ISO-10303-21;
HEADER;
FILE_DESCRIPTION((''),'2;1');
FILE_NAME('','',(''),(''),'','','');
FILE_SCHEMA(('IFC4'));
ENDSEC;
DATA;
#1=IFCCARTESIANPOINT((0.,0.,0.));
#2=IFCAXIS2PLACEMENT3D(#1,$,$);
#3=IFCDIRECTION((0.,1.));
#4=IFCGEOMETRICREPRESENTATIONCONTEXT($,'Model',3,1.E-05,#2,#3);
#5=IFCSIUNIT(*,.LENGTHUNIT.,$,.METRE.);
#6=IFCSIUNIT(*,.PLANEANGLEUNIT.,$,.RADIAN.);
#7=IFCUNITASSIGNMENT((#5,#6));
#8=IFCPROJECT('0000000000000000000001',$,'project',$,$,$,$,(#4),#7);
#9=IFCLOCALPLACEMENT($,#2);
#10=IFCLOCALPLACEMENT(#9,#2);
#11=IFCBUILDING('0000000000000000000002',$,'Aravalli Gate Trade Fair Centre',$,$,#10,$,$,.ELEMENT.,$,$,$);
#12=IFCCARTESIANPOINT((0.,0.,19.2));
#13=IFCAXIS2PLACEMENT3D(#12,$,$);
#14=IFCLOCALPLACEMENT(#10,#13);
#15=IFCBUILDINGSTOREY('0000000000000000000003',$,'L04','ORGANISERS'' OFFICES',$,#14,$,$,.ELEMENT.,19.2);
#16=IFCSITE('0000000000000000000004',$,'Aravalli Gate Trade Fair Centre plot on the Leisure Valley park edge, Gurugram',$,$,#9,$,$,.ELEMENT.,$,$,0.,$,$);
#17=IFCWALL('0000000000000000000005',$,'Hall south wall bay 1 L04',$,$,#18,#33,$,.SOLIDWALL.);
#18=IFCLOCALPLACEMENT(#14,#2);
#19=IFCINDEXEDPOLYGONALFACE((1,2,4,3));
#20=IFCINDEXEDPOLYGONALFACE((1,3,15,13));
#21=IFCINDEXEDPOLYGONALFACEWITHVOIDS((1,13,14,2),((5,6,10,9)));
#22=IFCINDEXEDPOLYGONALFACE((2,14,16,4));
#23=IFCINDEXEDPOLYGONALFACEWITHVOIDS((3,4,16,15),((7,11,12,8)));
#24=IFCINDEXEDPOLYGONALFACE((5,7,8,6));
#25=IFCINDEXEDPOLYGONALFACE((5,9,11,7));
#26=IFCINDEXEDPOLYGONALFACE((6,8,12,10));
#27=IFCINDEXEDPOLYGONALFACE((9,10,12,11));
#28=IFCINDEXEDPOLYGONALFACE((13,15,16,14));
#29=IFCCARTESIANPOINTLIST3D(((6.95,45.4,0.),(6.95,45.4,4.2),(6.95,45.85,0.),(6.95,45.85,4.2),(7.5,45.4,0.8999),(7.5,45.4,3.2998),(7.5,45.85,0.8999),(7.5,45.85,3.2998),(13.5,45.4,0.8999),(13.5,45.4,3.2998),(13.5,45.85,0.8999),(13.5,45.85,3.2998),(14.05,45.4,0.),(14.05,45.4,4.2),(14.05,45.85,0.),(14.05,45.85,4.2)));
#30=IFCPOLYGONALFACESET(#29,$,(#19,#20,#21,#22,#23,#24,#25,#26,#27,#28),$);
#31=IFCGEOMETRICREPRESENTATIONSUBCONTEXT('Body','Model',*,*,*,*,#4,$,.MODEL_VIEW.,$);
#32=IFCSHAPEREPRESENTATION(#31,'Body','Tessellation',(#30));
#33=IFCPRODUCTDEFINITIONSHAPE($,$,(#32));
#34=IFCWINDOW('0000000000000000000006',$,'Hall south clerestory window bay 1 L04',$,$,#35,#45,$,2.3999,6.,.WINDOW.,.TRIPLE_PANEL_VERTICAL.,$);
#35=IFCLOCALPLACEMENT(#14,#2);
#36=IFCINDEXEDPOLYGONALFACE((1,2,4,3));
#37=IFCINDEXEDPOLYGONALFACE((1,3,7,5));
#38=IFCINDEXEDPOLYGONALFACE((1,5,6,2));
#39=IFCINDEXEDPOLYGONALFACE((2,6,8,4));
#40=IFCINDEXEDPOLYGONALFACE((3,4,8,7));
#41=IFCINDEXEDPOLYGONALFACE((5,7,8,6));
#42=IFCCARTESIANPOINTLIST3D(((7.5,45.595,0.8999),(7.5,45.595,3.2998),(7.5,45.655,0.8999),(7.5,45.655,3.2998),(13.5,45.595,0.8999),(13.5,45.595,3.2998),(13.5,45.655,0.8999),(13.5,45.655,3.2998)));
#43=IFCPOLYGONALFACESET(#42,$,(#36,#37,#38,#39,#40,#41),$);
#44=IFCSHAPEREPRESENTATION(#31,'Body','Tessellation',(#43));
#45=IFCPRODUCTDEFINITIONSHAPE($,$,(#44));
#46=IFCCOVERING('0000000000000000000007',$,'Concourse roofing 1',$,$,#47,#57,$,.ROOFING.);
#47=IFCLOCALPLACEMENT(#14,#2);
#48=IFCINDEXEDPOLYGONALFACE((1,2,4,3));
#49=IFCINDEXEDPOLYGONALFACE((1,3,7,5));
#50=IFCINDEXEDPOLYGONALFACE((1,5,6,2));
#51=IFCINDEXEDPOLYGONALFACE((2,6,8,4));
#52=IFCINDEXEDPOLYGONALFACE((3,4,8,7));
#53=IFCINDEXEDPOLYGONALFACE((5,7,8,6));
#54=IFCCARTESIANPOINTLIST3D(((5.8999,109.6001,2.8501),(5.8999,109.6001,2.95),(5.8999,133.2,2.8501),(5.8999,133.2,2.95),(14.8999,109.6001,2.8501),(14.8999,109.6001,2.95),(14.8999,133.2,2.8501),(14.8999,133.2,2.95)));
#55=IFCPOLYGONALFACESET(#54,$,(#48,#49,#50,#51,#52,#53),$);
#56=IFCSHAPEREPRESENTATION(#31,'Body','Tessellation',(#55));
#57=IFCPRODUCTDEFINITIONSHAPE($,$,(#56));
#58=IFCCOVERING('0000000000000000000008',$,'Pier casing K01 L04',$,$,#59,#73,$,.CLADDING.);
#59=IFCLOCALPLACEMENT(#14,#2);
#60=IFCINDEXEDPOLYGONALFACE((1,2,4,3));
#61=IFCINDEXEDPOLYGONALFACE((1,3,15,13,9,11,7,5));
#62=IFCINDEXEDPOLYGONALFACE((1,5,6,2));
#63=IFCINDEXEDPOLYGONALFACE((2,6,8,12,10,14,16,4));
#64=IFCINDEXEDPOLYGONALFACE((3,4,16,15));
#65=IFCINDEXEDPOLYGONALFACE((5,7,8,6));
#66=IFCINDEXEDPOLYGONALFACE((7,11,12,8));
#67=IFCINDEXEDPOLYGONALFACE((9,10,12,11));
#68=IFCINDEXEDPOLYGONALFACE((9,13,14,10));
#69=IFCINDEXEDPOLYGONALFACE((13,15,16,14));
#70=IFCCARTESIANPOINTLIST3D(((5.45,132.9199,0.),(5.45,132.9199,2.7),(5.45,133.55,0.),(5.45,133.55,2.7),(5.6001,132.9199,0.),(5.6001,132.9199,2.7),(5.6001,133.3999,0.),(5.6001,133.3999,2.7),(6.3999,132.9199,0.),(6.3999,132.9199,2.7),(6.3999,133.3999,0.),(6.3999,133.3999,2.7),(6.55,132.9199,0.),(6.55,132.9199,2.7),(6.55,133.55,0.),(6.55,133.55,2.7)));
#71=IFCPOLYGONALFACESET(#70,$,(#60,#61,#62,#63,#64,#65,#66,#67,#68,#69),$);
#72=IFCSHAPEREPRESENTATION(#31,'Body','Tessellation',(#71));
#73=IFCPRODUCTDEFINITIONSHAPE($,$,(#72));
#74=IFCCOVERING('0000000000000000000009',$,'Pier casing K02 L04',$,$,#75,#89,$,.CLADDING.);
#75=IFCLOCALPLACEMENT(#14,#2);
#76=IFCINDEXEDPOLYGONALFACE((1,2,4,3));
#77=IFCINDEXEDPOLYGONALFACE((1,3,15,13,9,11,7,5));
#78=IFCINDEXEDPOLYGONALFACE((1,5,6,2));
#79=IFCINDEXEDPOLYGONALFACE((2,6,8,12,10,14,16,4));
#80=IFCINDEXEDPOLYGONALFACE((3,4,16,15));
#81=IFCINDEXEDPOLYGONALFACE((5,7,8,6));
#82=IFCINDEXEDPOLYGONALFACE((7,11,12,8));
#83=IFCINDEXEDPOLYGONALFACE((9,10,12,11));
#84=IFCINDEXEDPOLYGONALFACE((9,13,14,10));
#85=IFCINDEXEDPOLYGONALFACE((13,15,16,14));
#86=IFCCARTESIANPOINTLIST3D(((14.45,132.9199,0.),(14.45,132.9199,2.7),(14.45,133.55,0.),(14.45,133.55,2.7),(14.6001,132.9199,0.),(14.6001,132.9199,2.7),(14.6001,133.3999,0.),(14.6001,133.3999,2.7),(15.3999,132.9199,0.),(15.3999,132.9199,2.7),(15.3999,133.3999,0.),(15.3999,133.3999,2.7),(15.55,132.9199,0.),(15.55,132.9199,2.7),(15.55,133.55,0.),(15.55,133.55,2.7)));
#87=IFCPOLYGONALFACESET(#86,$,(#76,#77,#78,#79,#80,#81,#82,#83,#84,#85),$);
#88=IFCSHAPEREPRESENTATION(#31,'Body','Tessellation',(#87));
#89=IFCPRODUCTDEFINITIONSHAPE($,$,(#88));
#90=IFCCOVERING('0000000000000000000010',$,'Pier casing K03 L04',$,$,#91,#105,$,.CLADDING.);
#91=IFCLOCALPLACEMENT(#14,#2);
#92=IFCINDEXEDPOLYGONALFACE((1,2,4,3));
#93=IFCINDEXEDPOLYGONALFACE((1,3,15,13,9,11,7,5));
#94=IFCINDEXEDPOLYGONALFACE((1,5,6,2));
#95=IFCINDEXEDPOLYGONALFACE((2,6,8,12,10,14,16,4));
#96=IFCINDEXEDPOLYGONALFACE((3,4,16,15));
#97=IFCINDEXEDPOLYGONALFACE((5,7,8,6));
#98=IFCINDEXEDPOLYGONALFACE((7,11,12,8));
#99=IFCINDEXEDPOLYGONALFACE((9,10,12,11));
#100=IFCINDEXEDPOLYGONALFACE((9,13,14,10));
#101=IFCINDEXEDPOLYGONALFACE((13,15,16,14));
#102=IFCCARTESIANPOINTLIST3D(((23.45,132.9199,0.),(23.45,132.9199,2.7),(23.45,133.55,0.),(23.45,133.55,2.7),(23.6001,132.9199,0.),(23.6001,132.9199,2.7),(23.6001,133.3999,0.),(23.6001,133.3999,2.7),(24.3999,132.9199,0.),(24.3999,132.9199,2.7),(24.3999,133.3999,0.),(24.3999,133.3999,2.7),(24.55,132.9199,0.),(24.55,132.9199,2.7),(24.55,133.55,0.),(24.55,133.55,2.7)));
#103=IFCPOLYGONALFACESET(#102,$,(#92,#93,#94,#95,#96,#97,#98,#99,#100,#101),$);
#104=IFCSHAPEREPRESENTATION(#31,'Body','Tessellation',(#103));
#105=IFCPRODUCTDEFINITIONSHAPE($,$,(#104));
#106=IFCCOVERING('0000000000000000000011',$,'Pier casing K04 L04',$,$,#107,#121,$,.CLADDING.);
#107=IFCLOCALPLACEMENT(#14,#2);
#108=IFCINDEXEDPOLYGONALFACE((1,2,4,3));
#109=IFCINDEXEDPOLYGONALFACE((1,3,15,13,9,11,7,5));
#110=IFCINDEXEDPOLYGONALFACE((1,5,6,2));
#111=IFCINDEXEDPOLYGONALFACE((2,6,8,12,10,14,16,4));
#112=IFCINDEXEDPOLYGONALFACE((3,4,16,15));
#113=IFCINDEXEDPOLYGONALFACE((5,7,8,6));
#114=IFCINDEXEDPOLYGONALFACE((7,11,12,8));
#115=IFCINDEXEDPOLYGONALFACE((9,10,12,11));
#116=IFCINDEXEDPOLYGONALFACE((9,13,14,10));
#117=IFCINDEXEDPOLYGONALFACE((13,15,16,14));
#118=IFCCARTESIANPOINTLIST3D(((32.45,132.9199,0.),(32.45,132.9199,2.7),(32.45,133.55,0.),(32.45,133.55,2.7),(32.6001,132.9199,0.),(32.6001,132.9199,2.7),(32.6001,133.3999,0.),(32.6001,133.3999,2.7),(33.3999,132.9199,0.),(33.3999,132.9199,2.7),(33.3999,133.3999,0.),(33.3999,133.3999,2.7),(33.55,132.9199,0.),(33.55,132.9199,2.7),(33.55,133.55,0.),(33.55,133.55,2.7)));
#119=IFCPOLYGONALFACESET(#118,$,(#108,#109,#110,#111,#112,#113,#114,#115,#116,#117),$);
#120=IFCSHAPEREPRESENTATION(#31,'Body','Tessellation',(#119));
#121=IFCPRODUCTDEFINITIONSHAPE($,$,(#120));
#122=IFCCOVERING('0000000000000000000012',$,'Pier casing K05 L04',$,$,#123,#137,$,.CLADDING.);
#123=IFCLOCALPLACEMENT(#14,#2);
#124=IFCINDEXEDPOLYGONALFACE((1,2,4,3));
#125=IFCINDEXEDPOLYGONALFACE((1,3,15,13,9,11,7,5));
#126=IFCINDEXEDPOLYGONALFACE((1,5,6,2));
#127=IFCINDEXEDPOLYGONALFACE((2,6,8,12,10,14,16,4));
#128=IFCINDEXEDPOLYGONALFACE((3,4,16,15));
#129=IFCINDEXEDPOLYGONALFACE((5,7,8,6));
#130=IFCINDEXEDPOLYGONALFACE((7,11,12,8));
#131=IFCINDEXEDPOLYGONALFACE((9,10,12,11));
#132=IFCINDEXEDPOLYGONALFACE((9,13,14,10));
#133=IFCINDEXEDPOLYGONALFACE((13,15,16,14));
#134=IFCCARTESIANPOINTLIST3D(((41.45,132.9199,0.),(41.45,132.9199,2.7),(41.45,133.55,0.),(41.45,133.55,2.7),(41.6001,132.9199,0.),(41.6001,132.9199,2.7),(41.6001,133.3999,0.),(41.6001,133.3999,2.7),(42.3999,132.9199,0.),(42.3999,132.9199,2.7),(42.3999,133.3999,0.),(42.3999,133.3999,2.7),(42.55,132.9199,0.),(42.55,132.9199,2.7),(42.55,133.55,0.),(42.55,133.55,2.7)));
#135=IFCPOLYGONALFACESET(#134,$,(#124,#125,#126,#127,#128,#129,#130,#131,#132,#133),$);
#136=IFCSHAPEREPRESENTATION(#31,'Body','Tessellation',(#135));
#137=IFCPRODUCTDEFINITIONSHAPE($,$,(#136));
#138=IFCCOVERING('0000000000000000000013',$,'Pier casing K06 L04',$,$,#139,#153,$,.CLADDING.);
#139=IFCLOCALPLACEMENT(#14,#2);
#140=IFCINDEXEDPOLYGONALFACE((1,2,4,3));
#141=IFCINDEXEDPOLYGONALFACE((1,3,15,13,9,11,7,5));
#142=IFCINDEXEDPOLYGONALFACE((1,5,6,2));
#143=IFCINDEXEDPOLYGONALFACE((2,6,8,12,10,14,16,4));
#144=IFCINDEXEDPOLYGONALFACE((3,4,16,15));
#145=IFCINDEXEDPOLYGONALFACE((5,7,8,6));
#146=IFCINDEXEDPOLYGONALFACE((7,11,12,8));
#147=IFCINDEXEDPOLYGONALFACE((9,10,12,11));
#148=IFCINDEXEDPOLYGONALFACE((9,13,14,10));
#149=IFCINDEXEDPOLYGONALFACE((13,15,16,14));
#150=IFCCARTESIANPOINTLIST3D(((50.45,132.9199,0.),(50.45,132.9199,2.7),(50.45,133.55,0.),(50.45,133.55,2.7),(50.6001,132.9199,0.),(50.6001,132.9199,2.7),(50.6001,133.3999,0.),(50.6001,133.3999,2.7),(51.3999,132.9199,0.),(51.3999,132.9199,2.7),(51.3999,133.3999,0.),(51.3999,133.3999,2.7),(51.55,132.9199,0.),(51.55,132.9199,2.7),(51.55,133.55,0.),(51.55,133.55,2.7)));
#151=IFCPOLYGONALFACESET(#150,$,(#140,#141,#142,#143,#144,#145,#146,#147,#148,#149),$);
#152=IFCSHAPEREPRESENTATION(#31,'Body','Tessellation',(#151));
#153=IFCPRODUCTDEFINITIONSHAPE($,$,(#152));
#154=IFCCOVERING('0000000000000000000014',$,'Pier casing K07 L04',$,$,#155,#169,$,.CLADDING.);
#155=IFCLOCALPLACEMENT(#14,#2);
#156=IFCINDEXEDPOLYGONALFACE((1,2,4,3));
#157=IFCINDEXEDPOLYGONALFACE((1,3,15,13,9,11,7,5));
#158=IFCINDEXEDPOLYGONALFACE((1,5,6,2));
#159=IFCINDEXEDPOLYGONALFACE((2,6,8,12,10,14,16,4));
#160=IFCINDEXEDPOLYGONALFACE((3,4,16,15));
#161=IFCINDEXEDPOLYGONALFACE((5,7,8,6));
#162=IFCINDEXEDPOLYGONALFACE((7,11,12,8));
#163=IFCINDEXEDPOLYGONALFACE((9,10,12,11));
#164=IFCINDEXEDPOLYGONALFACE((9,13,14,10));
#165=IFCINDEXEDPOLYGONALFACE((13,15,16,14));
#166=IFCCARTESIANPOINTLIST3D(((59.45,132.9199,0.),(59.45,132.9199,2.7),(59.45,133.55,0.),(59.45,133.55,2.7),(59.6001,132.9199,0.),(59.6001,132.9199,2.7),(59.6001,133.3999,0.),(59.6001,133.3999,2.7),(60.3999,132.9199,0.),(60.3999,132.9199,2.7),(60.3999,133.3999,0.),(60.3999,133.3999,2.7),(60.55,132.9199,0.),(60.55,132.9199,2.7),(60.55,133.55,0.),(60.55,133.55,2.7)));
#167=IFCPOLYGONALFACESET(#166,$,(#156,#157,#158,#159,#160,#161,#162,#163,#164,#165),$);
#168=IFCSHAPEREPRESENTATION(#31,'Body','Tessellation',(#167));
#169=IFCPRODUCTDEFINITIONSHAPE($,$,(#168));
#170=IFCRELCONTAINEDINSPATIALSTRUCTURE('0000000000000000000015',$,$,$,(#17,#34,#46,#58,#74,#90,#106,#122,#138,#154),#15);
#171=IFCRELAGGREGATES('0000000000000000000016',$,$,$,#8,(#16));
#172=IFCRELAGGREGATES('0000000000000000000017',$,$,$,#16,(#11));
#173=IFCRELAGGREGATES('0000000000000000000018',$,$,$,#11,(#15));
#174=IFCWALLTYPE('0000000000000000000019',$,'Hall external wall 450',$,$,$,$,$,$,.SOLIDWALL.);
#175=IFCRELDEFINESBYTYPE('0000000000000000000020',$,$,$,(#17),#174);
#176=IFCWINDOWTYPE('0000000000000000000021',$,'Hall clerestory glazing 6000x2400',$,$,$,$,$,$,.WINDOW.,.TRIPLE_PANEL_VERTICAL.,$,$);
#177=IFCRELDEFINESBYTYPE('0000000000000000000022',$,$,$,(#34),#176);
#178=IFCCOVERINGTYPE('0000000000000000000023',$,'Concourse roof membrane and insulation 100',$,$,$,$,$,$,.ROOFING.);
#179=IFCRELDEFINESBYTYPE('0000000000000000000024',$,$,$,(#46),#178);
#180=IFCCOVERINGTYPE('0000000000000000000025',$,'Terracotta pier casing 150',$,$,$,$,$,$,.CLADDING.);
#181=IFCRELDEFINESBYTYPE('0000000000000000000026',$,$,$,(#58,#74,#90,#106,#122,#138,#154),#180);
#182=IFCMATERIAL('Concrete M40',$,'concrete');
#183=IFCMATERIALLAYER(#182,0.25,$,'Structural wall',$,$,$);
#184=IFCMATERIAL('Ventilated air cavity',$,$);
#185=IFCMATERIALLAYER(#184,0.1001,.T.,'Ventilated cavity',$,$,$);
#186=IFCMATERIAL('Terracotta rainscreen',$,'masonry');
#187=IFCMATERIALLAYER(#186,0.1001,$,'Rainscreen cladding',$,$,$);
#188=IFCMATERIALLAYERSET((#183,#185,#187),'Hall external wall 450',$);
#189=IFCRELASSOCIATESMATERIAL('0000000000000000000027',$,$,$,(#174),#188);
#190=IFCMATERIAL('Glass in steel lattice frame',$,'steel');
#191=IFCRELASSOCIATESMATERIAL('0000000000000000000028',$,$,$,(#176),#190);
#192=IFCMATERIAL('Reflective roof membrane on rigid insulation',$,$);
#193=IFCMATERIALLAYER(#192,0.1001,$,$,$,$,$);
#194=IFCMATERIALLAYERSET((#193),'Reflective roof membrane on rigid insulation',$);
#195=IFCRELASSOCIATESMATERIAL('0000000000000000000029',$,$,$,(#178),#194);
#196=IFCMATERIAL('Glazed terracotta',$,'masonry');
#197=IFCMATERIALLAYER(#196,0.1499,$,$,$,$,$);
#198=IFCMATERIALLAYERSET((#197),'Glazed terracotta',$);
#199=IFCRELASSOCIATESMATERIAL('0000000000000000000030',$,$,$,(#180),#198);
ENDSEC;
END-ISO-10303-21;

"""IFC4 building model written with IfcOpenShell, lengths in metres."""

from ifc_helpers import new_model, si_unit, direction, frame, frame_2d, origin, place, context, subcontext, project, spatial, polyline, rectangle, outline, extrude, material, layer, layer_set, type_object, element, fill, save


model = new_model("IFC4")

# Units and contexts
model_context = context("Model", 3, precision=1e-05, world=origin(), true_north=direction((0.0, 1.0)))
body_context = subcontext(model_context, "Body", "Model", "MODEL_VIEW")
ifc_project = project(units=[si_unit("LENGTHUNIT", "METRE"), si_unit("PLANEANGLEUNIT", "RADIAN")], contexts=[model_context])

# Site, building, storey
site_placement = place(None, origin())
site = spatial("IfcSite", under=ifc_project, at=site_placement, Name="Aravalli Gate Trade Fair Centre plot on the Leisure Valley park edge, Gurugram", CompositionType="ELEMENT", RefElevation=0.0)
building_placement = place(site_placement, origin())
building = spatial("IfcBuilding", under=site, at=building_placement, Name="Aravalli Gate Trade Fair Centre", CompositionType="ELEMENT")
storey_placement = place(building_placement, frame((0.0, 0.0, 19.2)))
storey = spatial("IfcBuildingStorey", under=building, at=storey_placement, Name="L04", Description="ORGANISERS' OFFICES", CompositionType="ELEMENT", Elevation=19.2)

# Wall, opening, window
ifc_material_1 = material(Name="Concrete M40", Category="concrete")
ifc_layer_1 = layer(ifc_material_1, 0.25, Name="Structural wall")
ifc_material_2 = material(Name="Ventilated air cavity")
ifc_layer_2 = layer(ifc_material_2, 0.1001, ventilated=True, Name="Ventilated cavity")
ifc_material_3 = material(Name="Terracotta rainscreen", Category="masonry")
ifc_layer_3 = layer(ifc_material_3, 0.1001, Name="Rainscreen cladding")
ifc_layer_set_1 = layer_set([ifc_layer_1, ifc_layer_2, ifc_layer_3], Name="Hall external wall 450")
wall_type = type_object("IfcWallType", Name="Hall external wall 450", PredefinedType="SOLIDWALL", material=ifc_layer_set_1)
wall_placement = place(storey_placement, frame((6.95, 45.625, 0.0), z_axis=(0.0, 0.0, 1.0), x_axis=(1.0, 0.0, 0.0)))
wall = element("IfcWall", 1, at=wall_placement, inside=storey, type_object=wall_type, Name="Hall south wall bay 1 L04", PredefinedType="SOLIDWALL", context=body_context, shape_type="SweptSolid", body=[
    extrude(rectangle(XDim=7.1001, YDim=0.45, at=frame_2d((3.55, 0.0))), origin(), (0.0, 0.0, 1.0), 4.2),
])
opening_placement = place(wall_placement, frame((0.55, 0.0, 0.8999)))
opening = element("IfcOpeningElement", 2, at=opening_placement, cuts=wall, PredefinedType="OPENING", context=body_context, shape_type="SweptSolid", body=[
    extrude(rectangle(XDim=6.0, YDim=2.3999, at=frame_2d((3.0, 1.2))), frame((0.0, 0.2349, 0.0), z_axis=(0.0, -1.0, 0.0), x_axis=(1.0, 0.0, 0.0)), (0.0, 0.0, 1.0), 0.47),
])
ifc_material_4 = material(Name="Glass in steel lattice frame", Category="steel")
window_type = type_object("IfcWindowType", Name="Hall clerestory glazing 6000x2400", PartitioningType="TRIPLE_PANEL_VERTICAL", PredefinedType="WINDOW", material=ifc_material_4)
window_placement = place(opening_placement, origin())
window = element("IfcWindow", 3, at=window_placement, inside=storey, type_object=window_type, Name="Hall south clerestory window bay 1 L04", OverallHeight=2.3999, OverallWidth=6.0, PartitioningType="TRIPLE_PANEL_VERTICAL", PredefinedType="WINDOW", context=body_context, shape_type="SweptSolid", body=[
    extrude(rectangle(XDim=6.0, YDim=2.3999, at=frame_2d((3.0, 1.2))), frame((0.0, 0.03, 0.0), z_axis=(0.0, -1.0, 0.0), x_axis=(1.0, 0.0, 0.0)), (0.0, 0.0, 1.0), 0.0601),
])
fill(opening, window)

# Coverings
ifc_material_5 = material(Name="Reflective roof membrane on rigid insulation")
ifc_layer_4 = layer(ifc_material_5, 0.1001)
ifc_layer_set_2 = layer_set([ifc_layer_4], Name="Reflective roof membrane on rigid insulation")
covering_type_1 = type_object("IfcCoveringType", Name="Concourse roof membrane and insulation 100", PredefinedType="ROOFING", material=ifc_layer_set_2)
covering_1_placement = place(storey_placement, frame((0.0, 0.0, 2.8501)))
element("IfcCovering", 4, at=covering_1_placement, inside=storey, type_object=covering_type_1, Name="Concourse roofing 1", PredefinedType="ROOFING", context=body_context, shape_type="SweptSolid", body=[
    extrude(outline(polyline([(14.8999, 109.6001), (14.8999, 133.2), (5.8999, 133.2), (5.8999, 109.6001), (14.8999, 109.6001)])), origin(), (0.0, 0.0, 1.0), 0.0999),
])
ifc_material_6 = material(Name="Glazed terracotta", Category="masonry")
ifc_layer_5 = layer(ifc_material_6, 0.1499)
ifc_layer_set_3 = layer_set([ifc_layer_5], Name="Glazed terracotta")
covering_type_2 = type_object("IfcCoveringType", Name="Terracotta pier casing 150", PredefinedType="CLADDING", material=ifc_layer_set_3)
covering_2_placement = place(storey_placement, origin())
element("IfcCovering", 5, at=covering_2_placement, inside=storey, type_object=covering_type_2, Name="Pier casing K01 L04", PredefinedType="CLADDING", context=body_context, shape_type="SweptSolid", body=[
    extrude(outline(polyline([(5.45, 132.9199), (5.6001, 132.9199), (5.6001, 133.3999), (6.3999, 133.3999), (6.3999, 132.9199), (6.55, 132.9199), (6.55, 133.55), (5.45, 133.55), (5.45, 132.9199)])), origin(), (0.0, 0.0, 1.0), 2.7),
])
covering_3_placement = place(storey_placement, origin())
element("IfcCovering", 6, at=covering_3_placement, inside=storey, type_object=covering_type_2, Name="Pier casing K02 L04", PredefinedType="CLADDING", context=body_context, shape_type="SweptSolid", body=[
    extrude(outline(polyline([(14.45, 132.9199), (14.6001, 132.9199), (14.6001, 133.3999), (15.3999, 133.3999), (15.3999, 132.9199), (15.55, 132.9199), (15.55, 133.55), (14.45, 133.55), (14.45, 132.9199)])), origin(), (0.0, 0.0, 1.0), 2.7),
])
covering_4_placement = place(storey_placement, origin())
element("IfcCovering", 7, at=covering_4_placement, inside=storey, type_object=covering_type_2, Name="Pier casing K03 L04", PredefinedType="CLADDING", context=body_context, shape_type="SweptSolid", body=[
    extrude(outline(polyline([(23.45, 132.9199), (23.6001, 132.9199), (23.6001, 133.3999), (24.3999, 133.3999), (24.3999, 132.9199), (24.55, 132.9199), (24.55, 133.55), (23.45, 133.55), (23.45, 132.9199)])), origin(), (0.0, 0.0, 1.0), 2.7),
])
covering_5_placement = place(storey_placement, origin())
element("IfcCovering", 8, at=covering_5_placement, inside=storey, type_object=covering_type_2, Name="Pier casing K04 L04", PredefinedType="CLADDING", context=body_context, shape_type="SweptSolid", body=[
    extrude(outline(polyline([(32.45, 132.9199), (32.6001, 132.9199), (32.6001, 133.3999), (33.3999, 133.3999), (33.3999, 132.9199), (33.55, 132.9199), (33.55, 133.55), (32.45, 133.55), (32.45, 132.9199)])), origin(), (0.0, 0.0, 1.0), 2.7),
])
covering_6_placement = place(storey_placement, origin())
element("IfcCovering", 9, at=covering_6_placement, inside=storey, type_object=covering_type_2, Name="Pier casing K05 L04", PredefinedType="CLADDING", context=body_context, shape_type="SweptSolid", body=[
    extrude(outline(polyline([(41.45, 132.9199), (41.6001, 132.9199), (41.6001, 133.3999), (42.3999, 133.3999), (42.3999, 132.9199), (42.55, 132.9199), (42.55, 133.55), (41.45, 133.55), (41.45, 132.9199)])), origin(), (0.0, 0.0, 1.0), 2.7),
])
covering_7_placement = place(storey_placement, origin())
element("IfcCovering", 10, at=covering_7_placement, inside=storey, type_object=covering_type_2, Name="Pier casing K06 L04", PredefinedType="CLADDING", context=body_context, shape_type="SweptSolid", body=[
    extrude(outline(polyline([(50.45, 132.9199), (50.6001, 132.9199), (50.6001, 133.3999), (51.3999, 133.3999), (51.3999, 132.9199), (51.55, 132.9199), (51.55, 133.55), (50.45, 133.55), (50.45, 132.9199)])), origin(), (0.0, 0.0, 1.0), 2.7),
])
covering_8_placement = place(storey_placement, origin())
element("IfcCovering", 11, at=covering_8_placement, inside=storey, type_object=covering_type_2, Name="Pier casing K07 L04", PredefinedType="CLADDING", context=body_context, shape_type="SweptSolid", body=[
    extrude(outline(polyline([(59.45, 132.9199), (59.6001, 132.9199), (59.6001, 133.3999), (60.3999, 133.3999), (60.3999, 132.9199), (60.55, 132.9199), (60.55, 133.55), (59.45, 133.55), (59.45, 132.9199)])), origin(), (0.0, 0.0, 1.0), 2.7),
])

save(model, "model.ifc")
